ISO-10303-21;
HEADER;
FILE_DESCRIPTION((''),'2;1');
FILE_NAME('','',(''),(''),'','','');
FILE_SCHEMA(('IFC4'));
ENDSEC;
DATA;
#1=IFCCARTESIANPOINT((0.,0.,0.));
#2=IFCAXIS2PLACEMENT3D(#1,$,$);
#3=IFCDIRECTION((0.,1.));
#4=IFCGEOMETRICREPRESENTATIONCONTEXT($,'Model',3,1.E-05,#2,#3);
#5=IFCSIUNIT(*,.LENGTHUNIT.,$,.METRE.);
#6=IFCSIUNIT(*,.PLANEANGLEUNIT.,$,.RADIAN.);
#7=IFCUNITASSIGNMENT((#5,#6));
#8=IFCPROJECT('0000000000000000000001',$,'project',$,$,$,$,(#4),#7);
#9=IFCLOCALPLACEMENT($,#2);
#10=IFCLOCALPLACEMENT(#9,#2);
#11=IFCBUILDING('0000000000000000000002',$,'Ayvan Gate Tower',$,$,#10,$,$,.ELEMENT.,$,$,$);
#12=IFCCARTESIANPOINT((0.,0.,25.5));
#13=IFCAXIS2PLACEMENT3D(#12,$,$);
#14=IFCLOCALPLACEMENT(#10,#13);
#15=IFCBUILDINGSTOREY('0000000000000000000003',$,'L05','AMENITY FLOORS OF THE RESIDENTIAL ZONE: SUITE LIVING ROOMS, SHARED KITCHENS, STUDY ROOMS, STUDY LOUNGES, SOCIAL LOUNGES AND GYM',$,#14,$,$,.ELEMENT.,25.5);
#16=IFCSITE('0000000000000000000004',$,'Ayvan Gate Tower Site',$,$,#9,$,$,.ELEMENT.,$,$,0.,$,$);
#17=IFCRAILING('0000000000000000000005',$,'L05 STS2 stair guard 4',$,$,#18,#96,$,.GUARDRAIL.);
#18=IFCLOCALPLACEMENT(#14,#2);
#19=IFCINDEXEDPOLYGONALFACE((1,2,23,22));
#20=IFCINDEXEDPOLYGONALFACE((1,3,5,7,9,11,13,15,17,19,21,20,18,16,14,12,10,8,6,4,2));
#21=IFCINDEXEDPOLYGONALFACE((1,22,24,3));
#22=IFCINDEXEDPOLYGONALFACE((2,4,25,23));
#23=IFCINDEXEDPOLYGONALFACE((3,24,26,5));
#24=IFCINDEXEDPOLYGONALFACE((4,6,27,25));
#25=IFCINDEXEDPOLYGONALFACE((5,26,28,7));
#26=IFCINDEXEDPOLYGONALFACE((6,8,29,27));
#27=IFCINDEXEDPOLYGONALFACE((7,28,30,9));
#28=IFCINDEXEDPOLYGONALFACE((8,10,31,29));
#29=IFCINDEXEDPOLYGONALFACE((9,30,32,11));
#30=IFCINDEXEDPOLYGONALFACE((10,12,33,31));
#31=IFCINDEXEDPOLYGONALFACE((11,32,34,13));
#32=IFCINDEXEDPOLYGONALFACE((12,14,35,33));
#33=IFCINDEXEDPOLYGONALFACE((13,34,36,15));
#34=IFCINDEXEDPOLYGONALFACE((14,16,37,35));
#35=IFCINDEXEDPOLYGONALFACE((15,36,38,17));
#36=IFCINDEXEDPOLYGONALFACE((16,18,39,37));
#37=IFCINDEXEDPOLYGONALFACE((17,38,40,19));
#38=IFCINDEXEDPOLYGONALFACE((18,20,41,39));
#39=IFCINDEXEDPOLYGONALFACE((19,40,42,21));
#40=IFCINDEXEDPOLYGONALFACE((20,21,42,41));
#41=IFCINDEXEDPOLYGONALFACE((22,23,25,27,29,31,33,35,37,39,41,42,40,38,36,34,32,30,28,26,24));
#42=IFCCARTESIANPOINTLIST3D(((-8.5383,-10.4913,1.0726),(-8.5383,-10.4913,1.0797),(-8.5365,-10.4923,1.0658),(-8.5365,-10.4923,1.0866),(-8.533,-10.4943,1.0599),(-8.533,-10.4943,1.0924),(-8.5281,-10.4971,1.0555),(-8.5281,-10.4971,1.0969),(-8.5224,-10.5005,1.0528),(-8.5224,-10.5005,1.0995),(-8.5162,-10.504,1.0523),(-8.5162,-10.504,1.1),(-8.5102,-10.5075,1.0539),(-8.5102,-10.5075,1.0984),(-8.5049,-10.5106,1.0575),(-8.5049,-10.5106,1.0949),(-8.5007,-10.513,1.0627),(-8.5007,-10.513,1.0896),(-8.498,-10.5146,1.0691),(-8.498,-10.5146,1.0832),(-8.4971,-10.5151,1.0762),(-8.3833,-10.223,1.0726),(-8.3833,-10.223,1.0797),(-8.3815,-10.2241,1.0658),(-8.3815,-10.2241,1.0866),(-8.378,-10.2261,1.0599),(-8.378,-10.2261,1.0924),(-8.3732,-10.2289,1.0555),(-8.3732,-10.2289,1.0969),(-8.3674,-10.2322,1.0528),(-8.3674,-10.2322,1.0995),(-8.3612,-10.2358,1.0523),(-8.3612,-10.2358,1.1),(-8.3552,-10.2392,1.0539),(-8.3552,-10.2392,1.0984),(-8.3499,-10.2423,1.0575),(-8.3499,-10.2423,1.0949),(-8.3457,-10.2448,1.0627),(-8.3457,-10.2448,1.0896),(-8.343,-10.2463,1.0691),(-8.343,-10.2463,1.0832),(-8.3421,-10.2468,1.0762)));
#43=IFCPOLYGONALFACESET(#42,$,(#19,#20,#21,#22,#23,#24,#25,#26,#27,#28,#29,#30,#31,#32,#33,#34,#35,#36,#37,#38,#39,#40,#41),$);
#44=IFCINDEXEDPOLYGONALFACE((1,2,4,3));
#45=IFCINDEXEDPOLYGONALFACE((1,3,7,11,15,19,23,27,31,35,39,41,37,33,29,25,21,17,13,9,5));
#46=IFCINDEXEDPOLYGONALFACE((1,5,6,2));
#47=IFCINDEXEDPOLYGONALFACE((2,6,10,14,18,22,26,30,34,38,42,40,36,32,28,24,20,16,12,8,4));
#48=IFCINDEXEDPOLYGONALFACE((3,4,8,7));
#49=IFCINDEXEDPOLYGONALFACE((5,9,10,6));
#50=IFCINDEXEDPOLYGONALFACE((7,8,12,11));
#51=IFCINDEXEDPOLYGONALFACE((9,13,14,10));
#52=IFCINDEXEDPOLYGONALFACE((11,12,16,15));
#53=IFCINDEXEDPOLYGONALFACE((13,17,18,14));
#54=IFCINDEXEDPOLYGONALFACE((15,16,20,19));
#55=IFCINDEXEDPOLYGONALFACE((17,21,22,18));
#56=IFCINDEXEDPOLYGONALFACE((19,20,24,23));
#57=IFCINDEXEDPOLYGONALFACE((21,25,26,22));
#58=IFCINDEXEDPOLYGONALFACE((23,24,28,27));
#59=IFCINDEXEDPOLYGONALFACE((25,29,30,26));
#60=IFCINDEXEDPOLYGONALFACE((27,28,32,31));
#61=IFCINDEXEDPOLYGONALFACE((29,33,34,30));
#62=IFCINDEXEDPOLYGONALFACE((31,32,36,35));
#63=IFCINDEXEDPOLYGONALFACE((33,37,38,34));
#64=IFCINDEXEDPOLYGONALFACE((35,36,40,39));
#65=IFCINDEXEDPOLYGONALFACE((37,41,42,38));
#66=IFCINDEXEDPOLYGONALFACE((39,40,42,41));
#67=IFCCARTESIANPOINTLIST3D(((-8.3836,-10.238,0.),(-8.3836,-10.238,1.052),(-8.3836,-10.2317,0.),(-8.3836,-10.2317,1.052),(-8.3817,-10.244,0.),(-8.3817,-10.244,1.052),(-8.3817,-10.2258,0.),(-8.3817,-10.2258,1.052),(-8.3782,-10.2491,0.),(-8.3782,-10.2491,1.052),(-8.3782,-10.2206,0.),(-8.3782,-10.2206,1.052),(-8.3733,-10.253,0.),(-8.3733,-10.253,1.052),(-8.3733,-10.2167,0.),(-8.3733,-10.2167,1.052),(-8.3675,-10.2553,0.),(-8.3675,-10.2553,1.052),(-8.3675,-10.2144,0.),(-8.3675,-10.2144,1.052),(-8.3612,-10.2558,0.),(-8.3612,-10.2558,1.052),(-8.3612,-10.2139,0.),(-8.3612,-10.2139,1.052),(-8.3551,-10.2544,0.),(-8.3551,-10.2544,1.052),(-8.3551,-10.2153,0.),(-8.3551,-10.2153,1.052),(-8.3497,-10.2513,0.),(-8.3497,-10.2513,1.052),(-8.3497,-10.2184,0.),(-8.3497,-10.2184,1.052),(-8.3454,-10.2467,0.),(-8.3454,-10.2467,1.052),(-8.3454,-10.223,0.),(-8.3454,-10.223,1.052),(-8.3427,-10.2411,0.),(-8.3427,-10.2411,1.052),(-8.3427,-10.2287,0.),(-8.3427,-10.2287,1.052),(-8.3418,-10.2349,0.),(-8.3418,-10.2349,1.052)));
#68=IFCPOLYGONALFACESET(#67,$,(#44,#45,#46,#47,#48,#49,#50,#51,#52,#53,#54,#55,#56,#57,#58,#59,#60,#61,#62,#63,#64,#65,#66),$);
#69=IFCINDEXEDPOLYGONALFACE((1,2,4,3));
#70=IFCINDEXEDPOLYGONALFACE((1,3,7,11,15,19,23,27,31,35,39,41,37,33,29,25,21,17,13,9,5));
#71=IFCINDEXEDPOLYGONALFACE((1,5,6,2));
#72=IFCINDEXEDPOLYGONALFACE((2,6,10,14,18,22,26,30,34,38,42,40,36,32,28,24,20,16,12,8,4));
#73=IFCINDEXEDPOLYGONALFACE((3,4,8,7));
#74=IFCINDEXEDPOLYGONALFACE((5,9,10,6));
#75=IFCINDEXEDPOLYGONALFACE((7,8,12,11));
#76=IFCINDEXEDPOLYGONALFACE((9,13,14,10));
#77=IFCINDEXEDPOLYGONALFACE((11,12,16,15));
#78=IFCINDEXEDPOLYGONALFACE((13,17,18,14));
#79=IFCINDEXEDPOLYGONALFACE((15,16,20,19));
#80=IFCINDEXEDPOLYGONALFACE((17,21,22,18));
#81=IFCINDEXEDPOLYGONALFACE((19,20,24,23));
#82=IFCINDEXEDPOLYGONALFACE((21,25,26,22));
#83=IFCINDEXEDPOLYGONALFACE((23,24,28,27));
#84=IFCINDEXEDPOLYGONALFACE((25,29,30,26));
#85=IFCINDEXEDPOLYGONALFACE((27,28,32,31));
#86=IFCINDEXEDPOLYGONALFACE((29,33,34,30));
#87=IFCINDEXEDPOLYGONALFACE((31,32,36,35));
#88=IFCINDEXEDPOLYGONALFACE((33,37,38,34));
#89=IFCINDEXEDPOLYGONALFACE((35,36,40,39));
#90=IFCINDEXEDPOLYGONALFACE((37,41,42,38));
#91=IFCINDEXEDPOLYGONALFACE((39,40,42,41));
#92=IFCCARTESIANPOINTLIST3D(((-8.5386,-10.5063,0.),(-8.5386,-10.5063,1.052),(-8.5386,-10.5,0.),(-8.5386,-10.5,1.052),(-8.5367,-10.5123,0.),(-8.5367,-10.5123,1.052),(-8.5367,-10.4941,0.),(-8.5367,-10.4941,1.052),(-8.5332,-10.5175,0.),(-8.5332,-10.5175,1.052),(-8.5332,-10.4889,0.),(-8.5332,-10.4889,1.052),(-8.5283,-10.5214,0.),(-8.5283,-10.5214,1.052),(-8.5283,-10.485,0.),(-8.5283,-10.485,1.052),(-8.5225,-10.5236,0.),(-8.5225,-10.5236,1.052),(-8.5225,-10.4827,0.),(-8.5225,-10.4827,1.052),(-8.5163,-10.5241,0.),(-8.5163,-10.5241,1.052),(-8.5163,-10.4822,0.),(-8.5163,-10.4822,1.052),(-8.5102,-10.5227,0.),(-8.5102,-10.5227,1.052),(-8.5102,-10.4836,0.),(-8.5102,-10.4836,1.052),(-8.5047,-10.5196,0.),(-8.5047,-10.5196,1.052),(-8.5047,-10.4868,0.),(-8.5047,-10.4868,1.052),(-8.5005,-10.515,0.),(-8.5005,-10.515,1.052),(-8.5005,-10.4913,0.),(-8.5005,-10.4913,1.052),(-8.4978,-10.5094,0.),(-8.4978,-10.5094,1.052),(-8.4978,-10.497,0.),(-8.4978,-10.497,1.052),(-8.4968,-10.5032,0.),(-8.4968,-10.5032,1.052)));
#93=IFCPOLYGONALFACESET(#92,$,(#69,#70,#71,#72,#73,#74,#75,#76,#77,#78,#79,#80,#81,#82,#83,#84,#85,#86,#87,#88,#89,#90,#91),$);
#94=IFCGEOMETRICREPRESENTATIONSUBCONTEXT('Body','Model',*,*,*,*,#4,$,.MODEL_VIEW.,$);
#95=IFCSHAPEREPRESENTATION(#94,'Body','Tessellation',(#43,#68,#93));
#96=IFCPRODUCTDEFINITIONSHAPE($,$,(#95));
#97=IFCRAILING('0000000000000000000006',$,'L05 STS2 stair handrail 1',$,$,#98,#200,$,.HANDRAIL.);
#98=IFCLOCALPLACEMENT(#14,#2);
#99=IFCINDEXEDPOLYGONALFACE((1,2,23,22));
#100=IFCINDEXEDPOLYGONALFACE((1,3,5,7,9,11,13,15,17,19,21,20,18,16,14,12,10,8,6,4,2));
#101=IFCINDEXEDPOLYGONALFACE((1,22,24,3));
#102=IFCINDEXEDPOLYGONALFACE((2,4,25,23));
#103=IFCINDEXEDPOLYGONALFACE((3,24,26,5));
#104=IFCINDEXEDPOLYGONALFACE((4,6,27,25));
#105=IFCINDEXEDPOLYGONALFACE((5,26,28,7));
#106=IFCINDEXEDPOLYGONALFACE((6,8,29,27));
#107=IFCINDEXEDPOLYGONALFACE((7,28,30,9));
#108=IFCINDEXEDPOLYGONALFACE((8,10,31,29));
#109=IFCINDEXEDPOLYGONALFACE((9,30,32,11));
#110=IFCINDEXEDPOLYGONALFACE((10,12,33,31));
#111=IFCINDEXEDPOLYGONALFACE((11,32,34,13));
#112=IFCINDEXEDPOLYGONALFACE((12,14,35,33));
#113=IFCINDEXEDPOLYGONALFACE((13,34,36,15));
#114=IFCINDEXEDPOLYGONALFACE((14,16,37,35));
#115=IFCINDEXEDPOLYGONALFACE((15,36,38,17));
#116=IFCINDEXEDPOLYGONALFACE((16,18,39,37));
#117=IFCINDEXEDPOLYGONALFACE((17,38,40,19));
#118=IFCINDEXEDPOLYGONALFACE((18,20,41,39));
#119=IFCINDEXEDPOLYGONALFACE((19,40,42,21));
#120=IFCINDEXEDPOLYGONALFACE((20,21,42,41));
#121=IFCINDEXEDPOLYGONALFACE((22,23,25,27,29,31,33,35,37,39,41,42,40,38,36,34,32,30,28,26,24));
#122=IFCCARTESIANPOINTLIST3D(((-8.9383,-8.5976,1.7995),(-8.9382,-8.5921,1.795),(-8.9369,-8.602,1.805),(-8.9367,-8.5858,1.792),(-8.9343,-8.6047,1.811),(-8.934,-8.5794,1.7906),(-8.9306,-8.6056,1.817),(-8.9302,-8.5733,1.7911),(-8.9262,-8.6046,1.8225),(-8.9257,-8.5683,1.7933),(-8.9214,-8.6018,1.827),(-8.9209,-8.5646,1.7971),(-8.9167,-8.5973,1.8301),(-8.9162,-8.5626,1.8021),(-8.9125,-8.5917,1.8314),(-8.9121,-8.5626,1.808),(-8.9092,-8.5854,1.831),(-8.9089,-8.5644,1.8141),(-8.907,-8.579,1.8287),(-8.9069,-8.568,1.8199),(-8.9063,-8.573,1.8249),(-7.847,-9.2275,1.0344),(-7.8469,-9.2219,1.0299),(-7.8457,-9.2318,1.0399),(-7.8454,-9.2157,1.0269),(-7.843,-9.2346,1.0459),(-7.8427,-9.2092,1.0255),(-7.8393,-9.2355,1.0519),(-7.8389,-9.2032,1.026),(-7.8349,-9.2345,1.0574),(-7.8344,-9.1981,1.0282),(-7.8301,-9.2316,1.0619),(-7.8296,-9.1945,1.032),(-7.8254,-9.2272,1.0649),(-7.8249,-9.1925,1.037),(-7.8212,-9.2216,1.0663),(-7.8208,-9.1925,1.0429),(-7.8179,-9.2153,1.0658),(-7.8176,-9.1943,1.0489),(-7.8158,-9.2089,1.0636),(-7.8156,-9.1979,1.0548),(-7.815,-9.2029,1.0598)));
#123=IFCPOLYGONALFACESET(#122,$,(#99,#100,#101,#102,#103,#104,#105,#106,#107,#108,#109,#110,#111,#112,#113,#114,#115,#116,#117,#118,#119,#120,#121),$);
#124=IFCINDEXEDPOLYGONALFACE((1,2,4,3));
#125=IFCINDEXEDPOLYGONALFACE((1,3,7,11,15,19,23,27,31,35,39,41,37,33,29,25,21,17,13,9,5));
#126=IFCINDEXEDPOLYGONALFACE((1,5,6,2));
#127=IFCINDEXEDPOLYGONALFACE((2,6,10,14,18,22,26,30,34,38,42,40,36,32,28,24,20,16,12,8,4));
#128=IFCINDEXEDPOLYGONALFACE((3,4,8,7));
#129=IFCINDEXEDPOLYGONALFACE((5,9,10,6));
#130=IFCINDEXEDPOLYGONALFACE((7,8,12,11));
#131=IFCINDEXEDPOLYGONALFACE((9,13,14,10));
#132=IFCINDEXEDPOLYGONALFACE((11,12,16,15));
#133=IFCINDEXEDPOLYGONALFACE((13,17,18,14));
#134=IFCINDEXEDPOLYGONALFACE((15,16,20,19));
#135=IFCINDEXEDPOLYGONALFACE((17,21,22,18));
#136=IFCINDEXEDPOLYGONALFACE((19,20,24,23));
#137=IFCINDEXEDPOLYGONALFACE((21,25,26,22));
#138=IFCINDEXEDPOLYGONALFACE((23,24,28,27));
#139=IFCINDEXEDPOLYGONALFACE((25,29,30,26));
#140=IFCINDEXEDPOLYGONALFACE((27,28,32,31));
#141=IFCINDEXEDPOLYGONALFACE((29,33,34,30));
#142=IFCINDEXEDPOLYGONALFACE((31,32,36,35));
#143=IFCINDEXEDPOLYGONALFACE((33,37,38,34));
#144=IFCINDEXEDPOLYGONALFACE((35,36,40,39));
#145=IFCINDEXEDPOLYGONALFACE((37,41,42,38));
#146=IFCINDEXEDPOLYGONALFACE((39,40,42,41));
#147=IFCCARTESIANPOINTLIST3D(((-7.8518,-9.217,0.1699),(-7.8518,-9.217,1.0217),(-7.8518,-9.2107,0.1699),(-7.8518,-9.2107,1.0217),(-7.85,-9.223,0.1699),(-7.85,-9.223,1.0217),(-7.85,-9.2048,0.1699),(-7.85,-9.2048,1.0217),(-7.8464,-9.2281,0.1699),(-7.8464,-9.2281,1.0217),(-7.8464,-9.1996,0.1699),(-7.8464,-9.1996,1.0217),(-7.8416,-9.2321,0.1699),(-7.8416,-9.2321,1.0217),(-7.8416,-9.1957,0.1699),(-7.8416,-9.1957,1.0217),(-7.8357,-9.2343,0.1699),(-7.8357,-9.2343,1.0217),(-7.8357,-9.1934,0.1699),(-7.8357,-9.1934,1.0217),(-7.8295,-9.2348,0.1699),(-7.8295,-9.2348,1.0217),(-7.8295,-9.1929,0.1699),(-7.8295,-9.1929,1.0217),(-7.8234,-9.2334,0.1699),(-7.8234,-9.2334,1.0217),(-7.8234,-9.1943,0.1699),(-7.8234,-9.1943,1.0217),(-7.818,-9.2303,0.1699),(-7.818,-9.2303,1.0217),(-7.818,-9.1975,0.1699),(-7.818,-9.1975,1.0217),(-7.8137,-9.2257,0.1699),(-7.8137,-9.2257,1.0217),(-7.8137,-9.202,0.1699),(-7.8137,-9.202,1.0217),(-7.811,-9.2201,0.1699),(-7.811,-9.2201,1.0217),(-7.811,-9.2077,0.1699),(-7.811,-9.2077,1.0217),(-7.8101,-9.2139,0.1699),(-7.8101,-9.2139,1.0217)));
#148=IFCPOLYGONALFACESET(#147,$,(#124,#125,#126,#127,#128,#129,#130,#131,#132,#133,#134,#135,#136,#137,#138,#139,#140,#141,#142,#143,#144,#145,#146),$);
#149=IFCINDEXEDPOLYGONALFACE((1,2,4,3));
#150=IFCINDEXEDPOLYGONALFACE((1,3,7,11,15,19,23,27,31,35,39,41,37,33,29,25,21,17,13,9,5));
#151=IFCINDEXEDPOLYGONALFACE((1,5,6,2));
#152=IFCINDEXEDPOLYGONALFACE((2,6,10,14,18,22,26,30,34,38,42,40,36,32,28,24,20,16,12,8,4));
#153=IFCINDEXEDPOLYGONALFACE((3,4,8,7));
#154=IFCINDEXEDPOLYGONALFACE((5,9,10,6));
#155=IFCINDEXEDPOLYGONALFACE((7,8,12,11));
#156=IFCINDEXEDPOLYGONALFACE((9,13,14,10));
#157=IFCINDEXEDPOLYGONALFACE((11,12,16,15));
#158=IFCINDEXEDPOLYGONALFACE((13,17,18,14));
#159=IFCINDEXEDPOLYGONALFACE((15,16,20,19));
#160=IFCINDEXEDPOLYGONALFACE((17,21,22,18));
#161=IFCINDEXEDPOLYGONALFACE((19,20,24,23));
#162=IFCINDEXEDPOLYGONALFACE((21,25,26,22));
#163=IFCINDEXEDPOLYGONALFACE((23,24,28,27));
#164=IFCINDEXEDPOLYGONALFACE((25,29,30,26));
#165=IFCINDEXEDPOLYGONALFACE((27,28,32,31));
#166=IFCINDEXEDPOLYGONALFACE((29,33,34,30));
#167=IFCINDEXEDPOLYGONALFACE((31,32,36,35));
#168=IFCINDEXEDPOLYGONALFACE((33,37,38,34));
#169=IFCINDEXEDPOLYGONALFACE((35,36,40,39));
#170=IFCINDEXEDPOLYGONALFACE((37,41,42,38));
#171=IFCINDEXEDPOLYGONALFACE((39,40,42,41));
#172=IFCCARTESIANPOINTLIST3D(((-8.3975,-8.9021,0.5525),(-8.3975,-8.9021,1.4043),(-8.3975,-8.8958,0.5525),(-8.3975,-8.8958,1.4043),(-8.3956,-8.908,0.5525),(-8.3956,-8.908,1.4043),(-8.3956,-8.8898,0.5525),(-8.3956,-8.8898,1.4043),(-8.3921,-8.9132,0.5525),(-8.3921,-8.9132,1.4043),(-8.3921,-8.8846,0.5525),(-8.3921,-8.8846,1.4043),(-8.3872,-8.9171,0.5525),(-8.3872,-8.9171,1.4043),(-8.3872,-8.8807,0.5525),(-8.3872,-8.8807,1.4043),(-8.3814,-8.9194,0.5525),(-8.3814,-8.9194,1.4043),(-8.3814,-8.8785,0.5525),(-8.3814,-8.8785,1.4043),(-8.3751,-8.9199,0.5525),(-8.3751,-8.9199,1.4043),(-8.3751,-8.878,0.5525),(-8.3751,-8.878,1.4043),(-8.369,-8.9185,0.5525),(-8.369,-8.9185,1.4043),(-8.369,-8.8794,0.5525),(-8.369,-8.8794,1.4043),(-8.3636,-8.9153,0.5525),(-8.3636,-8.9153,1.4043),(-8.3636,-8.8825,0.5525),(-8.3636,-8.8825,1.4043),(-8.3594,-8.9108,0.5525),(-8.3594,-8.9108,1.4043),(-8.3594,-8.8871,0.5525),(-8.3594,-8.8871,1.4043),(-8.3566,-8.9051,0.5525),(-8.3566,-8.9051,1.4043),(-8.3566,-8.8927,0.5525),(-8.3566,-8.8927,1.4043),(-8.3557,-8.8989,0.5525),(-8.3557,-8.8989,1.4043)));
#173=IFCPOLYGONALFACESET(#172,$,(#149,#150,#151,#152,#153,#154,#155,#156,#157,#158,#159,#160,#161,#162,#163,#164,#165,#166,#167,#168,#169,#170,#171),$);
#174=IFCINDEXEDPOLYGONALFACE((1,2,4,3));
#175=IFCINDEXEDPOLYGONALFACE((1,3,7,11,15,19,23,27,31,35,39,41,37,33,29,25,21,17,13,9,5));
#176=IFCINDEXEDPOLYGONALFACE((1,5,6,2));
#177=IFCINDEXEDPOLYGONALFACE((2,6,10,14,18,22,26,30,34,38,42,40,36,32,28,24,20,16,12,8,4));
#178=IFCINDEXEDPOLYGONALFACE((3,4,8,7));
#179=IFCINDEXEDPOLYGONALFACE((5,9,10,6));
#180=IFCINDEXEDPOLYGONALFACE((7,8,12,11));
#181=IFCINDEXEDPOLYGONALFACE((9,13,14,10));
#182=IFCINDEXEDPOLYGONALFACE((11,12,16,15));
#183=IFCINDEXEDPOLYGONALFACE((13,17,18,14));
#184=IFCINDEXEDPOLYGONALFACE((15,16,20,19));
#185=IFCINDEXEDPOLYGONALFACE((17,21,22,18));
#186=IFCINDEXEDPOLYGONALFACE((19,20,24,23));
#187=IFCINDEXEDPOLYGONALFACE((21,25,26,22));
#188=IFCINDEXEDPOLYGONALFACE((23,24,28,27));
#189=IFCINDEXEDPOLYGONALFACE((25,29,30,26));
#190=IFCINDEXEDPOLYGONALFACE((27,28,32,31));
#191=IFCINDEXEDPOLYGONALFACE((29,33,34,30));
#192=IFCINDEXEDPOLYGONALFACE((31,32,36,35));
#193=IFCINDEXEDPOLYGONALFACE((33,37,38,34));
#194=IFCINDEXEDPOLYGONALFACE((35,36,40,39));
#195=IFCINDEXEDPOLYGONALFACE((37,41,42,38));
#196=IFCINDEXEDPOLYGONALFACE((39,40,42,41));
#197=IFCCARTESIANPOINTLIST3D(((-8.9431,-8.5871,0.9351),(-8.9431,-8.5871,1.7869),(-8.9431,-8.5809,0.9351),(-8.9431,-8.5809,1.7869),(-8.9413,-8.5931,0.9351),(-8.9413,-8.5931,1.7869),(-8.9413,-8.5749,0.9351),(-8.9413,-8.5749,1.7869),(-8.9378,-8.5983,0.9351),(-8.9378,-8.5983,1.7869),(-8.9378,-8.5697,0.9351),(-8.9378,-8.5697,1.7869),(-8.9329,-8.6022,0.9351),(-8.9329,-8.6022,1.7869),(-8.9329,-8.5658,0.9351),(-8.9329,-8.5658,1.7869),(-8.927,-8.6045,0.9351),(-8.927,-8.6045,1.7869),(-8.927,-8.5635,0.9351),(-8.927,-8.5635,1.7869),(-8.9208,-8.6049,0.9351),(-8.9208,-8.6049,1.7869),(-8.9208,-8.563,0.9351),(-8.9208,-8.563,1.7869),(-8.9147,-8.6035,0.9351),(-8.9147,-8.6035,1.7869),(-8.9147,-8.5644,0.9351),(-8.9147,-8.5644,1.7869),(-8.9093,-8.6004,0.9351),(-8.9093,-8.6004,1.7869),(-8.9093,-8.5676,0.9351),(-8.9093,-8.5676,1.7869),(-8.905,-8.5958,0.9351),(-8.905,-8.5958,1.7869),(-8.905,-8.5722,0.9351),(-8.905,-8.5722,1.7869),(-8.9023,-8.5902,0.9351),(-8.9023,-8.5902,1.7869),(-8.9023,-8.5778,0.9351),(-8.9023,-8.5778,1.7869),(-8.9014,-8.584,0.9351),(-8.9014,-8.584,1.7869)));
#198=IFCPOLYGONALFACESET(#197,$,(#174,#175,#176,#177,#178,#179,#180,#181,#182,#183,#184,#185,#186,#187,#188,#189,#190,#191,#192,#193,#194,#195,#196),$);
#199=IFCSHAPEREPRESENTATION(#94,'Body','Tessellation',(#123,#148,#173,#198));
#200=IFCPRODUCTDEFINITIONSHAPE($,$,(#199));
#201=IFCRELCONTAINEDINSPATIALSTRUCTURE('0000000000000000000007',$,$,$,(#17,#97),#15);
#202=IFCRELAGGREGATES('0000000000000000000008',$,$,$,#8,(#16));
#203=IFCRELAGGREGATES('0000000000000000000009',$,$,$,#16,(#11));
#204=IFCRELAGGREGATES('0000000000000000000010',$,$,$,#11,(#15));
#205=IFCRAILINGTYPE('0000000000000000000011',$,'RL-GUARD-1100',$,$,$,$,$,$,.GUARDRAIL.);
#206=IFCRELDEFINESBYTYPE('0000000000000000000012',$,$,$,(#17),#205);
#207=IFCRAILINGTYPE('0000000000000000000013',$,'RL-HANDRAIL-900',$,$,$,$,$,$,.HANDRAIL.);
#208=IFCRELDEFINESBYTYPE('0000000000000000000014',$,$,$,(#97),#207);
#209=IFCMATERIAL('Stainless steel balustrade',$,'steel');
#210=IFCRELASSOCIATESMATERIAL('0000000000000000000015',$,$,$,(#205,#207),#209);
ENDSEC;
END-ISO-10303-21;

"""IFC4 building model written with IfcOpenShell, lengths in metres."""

from ifc_helpers import new_model, si_unit, direction, frame, origin, origin_2d, place, context, subcontext, project, spatial, circle, extrude, material, type_object, element, save


model = new_model("IFC4")

# Units and contexts
model_context = context("Model", 3, precision=1e-05, world=origin(), true_north=direction((0.0, 1.0)))
body_context = subcontext(model_context, "Body", "Model", "MODEL_VIEW")
ifc_project = project(units=[si_unit("LENGTHUNIT", "METRE"), si_unit("PLANEANGLEUNIT", "RADIAN")], contexts=[model_context])

# Site, building, storey
site_placement = place(None, origin())
site = spatial("IfcSite", under=ifc_project, at=site_placement, Name="Ayvan Gate Tower Site", CompositionType="ELEMENT", RefElevation=0.0)
building_placement = place(site_placement, origin())
building = spatial("IfcBuilding", under=site, at=building_placement, Name="Ayvan Gate Tower", CompositionType="ELEMENT")
storey_placement = place(building_placement, frame((0.0, 0.0, 25.5)))
storey = spatial("IfcBuildingStorey", under=building, at=storey_placement, Name="L05", Description="AMENITY FLOORS OF THE RESIDENTIAL ZONE: SUITE LIVING ROOMS, SHARED KITCHENS, STUDY ROOMS, STUDY LOUNGES, SOCIAL LOUNGES AND GYM", CompositionType="ELEMENT", Elevation=25.5)

# Railings
ifc_material_1 = material(Name="Stainless steel balustrade", Category="steel")
railing_type_1 = type_object("IfcRailingType", Name="RL-GUARD-1100", PredefinedType="GUARDRAIL", material=ifc_material_1)
railing_1_placement = place(storey_placement, frame((-8.3628, -10.2349, 0.0)))
element("IfcRailing", 1, at=railing_1_placement, inside=storey, type_object=railing_type_1, Name="L05 STS2 stair guard 4", PredefinedType="GUARDRAIL", context=body_context, shape_type="SweptSolid", body=[
    extrude(circle(Radius=0.0239, at=origin_2d()), frame((0.0, 0.0, 1.0762), z_axis=(-0.500291, -0.865857, 0.0), x_axis=(0.865857, -0.500291, 0.0)), (0.0, 0.0, 1.0), 0.3098),
    extrude(circle(Radius=0.021, at=origin_2d()), origin(), (0.0, 0.0, 1.0), 1.052),
    extrude(circle(Radius=0.021, at=origin_2d()), frame((-0.155, -0.2683, 0.0)), (0.0, 0.0, 1.0), 1.052),
])
railing_type_2 = type_object("IfcRailingType", Name="RL-HANDRAIL-900", PredefinedType="HANDRAIL", material=ifc_material_1)
railing_2_placement = place(storey_placement, frame((-7.8311, -9.2139, 0.1699)))
element("IfcRailing", 2, at=railing_2_placement, inside=storey, type_object=railing_type_2, Name="L05 STS2 stair handrail 1", PredefinedType="HANDRAIL", context=body_context, shape_type="SweptSolid", body=[
    extrude(circle(Radius=0.0239, at=origin_2d()), frame((0.0, 0.0, 0.876), z_axis=(-0.740293, 0.427283, 0.519033), x_axis=(-0.49989, -0.866089, 0.0)), (0.0, 0.0, 1.0), 1.4741),
    extrude(circle(Radius=0.021, at=origin_2d()), origin(), (0.0, 0.0, 1.0), 0.8518),
    extrude(circle(Radius=0.021, at=origin_2d()), frame((-0.5457, 0.3149, 0.3826)), (0.0, 0.0, 1.0), 0.8518),
    extrude(circle(Radius=0.021, at=origin_2d()), frame((-1.0913, 0.6299, 0.7651)), (0.0, 0.0, 1.0), 0.8518),
])

save(model, "model.ifc")
